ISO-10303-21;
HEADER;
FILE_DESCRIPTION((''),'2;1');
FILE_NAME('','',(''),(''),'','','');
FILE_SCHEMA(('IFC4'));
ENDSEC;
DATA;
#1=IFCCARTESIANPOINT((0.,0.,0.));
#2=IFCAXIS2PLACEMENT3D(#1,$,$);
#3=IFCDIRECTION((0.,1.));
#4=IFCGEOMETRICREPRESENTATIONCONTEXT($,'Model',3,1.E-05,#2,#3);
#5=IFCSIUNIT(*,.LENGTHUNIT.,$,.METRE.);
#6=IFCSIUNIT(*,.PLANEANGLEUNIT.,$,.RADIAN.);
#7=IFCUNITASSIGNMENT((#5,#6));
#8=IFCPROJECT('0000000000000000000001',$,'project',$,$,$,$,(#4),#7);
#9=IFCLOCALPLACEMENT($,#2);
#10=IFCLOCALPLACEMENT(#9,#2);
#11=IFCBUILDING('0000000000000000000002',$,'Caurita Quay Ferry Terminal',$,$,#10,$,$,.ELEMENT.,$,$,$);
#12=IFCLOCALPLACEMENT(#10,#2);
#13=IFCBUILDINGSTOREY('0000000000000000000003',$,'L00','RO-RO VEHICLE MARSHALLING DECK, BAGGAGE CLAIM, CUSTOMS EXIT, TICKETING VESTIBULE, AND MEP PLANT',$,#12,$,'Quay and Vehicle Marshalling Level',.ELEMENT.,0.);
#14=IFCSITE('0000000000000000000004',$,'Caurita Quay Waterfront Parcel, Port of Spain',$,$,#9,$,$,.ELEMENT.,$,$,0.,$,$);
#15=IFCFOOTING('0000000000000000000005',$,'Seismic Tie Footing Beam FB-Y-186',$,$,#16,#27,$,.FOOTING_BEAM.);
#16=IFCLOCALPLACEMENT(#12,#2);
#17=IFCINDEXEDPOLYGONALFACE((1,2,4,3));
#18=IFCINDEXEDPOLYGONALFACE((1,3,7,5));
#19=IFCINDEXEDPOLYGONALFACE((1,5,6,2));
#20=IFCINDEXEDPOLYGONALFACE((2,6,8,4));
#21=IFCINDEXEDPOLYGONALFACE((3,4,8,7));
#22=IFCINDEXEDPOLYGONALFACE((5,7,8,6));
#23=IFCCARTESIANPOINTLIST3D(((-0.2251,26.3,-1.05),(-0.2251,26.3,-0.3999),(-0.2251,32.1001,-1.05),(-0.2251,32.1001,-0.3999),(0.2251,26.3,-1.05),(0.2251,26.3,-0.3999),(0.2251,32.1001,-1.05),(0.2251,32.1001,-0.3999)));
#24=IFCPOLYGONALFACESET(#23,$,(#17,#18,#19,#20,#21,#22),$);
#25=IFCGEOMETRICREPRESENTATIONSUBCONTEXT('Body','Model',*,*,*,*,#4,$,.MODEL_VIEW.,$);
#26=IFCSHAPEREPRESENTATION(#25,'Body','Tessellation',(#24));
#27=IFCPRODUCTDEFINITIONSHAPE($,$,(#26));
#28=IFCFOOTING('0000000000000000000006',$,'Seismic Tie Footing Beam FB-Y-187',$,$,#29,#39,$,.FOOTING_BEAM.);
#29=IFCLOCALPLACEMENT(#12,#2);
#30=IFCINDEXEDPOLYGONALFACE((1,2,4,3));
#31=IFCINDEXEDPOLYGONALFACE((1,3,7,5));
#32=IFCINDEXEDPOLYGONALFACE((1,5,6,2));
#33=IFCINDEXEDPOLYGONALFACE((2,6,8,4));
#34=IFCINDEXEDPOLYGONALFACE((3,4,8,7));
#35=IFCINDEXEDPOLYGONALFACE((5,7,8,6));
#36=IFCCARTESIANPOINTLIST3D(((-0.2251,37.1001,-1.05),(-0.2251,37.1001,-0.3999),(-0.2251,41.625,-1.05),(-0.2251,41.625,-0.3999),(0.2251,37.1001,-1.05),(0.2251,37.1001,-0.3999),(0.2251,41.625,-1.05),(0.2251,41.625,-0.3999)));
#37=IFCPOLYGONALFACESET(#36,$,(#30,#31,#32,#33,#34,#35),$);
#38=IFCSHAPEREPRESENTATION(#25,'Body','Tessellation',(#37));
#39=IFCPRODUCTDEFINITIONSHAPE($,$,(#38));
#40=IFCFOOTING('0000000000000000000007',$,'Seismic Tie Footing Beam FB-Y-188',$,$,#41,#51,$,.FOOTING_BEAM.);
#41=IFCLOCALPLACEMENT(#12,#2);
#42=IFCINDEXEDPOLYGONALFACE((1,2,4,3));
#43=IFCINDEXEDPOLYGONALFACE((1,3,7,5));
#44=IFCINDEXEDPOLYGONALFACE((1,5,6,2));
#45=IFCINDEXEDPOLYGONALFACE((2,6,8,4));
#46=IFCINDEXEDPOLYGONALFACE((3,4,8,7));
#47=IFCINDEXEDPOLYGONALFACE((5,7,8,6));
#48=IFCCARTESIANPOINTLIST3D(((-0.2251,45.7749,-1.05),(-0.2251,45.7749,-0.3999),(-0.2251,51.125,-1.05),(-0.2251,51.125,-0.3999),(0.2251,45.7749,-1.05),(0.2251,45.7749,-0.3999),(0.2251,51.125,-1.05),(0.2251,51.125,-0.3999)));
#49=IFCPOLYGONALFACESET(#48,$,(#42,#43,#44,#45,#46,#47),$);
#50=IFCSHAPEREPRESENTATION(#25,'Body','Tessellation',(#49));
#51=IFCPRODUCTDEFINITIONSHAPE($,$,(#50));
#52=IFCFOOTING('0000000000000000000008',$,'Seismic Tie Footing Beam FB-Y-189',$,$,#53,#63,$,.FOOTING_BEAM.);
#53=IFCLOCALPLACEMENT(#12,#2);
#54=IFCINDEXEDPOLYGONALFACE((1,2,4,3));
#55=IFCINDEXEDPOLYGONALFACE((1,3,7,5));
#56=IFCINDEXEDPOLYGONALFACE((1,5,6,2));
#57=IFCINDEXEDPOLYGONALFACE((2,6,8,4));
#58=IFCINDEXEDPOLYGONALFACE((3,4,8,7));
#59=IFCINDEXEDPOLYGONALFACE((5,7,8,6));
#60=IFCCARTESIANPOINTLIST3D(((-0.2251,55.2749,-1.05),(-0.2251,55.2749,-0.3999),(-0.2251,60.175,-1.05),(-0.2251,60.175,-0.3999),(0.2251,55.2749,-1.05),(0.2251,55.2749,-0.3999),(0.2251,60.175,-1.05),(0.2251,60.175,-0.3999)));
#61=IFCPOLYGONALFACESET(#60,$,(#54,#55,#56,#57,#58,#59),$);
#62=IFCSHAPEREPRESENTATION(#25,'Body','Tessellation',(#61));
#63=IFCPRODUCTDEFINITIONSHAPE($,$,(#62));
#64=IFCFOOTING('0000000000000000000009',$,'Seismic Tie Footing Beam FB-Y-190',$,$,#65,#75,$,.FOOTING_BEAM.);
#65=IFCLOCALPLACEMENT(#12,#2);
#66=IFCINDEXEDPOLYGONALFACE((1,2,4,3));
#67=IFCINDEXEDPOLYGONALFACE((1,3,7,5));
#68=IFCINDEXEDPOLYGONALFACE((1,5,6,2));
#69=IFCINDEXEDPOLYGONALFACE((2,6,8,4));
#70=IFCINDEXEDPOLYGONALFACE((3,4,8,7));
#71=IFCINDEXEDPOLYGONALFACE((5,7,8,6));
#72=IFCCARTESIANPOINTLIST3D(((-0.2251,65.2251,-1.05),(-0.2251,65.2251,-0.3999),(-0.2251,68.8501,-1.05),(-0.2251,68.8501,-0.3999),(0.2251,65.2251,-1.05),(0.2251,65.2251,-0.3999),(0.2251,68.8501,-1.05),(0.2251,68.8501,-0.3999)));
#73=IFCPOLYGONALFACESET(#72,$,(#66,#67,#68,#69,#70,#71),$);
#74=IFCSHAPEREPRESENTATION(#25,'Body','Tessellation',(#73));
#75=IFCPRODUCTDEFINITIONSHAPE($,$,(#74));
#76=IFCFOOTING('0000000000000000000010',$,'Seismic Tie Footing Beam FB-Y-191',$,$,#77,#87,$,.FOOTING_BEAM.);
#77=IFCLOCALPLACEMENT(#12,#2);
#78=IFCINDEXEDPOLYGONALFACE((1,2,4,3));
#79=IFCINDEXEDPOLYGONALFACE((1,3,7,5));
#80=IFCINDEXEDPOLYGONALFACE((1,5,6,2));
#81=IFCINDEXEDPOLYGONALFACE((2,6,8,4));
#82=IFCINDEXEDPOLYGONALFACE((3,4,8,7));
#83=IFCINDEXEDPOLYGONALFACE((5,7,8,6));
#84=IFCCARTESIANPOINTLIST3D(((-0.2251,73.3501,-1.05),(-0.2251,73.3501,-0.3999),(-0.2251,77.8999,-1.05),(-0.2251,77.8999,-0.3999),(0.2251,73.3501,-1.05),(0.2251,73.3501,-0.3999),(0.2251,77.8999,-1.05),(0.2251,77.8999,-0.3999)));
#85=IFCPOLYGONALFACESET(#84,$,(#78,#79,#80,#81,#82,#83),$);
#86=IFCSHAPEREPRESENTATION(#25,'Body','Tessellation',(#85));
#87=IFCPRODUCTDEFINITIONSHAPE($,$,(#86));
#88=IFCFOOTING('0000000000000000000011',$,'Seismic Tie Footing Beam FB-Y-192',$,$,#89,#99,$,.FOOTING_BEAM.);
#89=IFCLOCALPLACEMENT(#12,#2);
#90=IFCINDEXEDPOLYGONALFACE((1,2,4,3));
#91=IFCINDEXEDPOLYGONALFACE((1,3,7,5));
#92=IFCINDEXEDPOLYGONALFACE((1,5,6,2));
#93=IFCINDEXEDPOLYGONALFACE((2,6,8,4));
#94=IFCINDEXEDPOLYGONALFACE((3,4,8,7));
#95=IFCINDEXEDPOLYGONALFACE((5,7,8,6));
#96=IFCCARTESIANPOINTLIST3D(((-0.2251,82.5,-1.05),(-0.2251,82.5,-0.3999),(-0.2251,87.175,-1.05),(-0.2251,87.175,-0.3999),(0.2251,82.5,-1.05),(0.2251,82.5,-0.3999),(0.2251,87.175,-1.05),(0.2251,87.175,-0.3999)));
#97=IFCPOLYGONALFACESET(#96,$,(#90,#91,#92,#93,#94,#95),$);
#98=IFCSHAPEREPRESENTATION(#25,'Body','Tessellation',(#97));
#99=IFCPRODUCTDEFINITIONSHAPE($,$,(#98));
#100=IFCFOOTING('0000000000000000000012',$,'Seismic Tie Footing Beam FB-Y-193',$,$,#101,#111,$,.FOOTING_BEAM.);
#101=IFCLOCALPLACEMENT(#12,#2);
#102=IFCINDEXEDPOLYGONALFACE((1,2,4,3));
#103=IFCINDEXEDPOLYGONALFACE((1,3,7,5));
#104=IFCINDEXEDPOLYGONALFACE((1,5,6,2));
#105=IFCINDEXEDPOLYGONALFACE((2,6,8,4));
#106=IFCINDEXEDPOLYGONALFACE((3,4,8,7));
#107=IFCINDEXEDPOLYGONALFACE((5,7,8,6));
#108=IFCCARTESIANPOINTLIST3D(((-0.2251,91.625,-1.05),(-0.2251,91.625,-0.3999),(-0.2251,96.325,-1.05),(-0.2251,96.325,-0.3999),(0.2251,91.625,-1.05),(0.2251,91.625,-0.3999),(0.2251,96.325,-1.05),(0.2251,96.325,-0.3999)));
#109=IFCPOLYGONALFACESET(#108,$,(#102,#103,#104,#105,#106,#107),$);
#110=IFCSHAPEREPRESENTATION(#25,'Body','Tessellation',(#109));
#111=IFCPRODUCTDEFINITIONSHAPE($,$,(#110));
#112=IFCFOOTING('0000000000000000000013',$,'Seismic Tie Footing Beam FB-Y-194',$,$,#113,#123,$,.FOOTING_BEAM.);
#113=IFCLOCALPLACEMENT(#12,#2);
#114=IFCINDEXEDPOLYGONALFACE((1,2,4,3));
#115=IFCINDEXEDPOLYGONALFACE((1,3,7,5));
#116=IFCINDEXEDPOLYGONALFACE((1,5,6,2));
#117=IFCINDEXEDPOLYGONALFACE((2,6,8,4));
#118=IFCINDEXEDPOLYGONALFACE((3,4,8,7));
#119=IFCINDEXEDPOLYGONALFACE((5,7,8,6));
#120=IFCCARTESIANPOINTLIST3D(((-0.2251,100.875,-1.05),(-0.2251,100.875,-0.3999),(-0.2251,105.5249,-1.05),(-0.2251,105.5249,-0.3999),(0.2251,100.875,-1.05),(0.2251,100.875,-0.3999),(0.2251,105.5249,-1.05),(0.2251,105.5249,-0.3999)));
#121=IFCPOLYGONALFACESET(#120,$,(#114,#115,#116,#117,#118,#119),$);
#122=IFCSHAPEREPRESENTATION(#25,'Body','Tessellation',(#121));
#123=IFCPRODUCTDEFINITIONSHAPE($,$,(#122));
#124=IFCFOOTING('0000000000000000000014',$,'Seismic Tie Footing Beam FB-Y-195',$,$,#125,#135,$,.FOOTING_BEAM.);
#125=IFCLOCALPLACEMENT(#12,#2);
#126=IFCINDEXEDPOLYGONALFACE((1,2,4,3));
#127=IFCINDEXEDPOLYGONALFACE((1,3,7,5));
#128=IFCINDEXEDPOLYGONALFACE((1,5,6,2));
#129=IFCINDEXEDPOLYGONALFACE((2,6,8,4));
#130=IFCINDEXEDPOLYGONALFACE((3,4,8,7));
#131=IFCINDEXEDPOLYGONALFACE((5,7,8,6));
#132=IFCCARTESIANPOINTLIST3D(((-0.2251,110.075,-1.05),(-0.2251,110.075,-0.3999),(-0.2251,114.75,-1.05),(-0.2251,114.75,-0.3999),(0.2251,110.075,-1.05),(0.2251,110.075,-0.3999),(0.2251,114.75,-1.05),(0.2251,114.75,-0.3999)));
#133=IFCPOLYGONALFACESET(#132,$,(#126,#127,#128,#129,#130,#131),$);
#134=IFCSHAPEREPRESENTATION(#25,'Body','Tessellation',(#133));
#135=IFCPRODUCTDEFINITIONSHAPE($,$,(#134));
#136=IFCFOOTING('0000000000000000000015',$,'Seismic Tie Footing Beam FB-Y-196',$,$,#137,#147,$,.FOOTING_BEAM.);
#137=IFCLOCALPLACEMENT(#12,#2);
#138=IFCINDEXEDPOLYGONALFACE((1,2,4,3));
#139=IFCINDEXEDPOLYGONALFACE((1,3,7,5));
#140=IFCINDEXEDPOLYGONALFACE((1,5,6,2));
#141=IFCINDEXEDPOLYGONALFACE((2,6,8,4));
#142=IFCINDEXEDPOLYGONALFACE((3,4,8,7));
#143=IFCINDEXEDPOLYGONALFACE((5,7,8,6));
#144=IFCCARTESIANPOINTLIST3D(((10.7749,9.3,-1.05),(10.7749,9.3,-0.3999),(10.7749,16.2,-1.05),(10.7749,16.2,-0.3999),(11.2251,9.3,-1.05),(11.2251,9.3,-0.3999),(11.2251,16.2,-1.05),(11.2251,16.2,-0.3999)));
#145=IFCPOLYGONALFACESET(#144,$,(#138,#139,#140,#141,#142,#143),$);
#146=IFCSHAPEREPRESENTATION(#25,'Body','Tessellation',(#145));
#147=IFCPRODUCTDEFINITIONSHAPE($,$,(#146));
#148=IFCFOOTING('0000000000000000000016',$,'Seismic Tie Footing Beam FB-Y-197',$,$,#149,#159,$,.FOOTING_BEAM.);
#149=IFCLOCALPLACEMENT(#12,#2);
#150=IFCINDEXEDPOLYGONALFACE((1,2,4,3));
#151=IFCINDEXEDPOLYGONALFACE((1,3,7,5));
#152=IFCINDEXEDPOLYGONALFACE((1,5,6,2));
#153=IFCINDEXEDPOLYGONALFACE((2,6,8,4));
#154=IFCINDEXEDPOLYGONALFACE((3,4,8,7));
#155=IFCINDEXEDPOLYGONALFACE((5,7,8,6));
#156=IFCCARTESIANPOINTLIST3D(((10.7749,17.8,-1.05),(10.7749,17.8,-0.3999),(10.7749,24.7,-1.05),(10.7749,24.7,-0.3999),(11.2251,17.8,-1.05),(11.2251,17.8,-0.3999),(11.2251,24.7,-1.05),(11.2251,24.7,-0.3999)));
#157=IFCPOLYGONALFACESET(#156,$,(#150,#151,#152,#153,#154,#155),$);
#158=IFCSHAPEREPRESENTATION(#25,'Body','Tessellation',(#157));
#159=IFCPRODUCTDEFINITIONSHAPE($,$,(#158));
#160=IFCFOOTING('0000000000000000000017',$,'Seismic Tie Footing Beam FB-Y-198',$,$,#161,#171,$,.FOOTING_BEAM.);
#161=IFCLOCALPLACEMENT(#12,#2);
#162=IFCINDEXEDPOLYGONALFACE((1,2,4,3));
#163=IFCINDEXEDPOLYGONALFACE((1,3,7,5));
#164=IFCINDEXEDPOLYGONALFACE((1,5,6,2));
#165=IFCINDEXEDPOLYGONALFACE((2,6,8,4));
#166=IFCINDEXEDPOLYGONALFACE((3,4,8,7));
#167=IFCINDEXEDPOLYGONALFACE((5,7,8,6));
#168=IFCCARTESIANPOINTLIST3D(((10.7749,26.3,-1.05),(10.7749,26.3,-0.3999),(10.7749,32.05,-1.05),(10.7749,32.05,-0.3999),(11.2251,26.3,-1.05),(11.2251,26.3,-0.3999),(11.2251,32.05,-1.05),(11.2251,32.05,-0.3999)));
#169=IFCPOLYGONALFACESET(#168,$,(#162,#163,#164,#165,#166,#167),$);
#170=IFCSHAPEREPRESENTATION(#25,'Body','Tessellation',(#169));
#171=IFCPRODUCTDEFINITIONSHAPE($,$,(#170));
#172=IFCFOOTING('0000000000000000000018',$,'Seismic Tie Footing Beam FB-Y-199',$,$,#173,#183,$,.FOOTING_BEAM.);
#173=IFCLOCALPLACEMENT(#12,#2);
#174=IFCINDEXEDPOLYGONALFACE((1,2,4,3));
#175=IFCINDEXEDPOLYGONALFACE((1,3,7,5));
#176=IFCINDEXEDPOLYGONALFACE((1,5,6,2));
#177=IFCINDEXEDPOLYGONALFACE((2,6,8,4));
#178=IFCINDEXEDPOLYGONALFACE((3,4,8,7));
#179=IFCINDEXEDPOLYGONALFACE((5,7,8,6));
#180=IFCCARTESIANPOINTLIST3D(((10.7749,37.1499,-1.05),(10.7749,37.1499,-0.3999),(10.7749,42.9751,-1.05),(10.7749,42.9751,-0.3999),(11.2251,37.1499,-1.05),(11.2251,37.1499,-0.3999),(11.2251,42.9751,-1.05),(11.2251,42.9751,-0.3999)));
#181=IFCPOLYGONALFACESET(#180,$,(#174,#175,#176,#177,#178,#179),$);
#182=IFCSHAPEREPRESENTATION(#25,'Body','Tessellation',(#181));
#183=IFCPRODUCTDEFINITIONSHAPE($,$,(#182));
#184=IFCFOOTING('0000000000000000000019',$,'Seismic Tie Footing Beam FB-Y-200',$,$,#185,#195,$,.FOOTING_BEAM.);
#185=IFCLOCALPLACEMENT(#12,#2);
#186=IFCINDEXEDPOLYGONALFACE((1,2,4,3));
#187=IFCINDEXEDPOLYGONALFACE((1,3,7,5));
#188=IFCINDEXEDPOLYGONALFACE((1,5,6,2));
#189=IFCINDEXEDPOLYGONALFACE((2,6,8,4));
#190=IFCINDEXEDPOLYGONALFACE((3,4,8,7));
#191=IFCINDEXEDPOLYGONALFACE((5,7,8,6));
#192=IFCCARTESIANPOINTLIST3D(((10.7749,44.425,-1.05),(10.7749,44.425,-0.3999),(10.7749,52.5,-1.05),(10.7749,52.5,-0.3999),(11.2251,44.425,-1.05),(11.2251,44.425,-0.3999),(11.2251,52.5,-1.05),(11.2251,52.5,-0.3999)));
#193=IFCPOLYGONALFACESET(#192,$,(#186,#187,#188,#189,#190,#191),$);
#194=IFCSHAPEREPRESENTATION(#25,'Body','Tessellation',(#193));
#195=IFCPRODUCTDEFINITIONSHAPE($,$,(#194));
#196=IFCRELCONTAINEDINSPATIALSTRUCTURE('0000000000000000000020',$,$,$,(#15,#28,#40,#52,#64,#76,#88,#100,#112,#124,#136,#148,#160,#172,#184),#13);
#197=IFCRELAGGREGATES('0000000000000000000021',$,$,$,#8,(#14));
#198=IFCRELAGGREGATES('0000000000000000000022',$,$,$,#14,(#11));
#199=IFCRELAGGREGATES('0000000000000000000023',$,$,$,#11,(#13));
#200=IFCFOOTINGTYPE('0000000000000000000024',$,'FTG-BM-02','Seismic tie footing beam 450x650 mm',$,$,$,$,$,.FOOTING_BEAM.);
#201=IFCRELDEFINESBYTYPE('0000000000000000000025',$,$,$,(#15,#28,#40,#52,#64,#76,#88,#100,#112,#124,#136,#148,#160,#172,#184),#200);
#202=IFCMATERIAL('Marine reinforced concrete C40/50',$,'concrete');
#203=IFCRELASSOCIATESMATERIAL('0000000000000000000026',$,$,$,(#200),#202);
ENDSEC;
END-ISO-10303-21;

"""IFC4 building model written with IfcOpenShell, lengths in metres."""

from ifc_helpers import new_model, si_unit, direction, frame, origin, place, context, subcontext, project, spatial, polyline, outline, extrude, material, type_object, element, save


model = new_model("IFC4")

# Units and contexts
model_context = context("Model", 3, precision=1e-05, world=origin(), true_north=direction((0.0, 1.0)))
body_context = subcontext(model_context, "Body", "Model", "MODEL_VIEW")
ifc_project = project(units=[si_unit("LENGTHUNIT", "METRE"), si_unit("PLANEANGLEUNIT", "RADIAN")], contexts=[model_context])

# Site, building, storey
site_placement = place(None, origin())
site = spatial("IfcSite", under=ifc_project, at=site_placement, Name="Caurita Quay Waterfront Parcel, Port of Spain", CompositionType="ELEMENT", RefElevation=0.0)
building_placement = place(site_placement, origin())
building = spatial("IfcBuilding", under=site, at=building_placement, Name="Caurita Quay Ferry Terminal", CompositionType="ELEMENT")
storey_placement = place(building_placement, origin())
storey = spatial("IfcBuildingStorey", under=building, at=storey_placement, Name="L00", Description="RO-RO VEHICLE MARSHALLING DECK, BAGGAGE CLAIM, CUSTOMS EXIT, TICKETING VESTIBULE, AND MEP PLANT", LongName="Quay and Vehicle Marshalling Level", CompositionType="ELEMENT", Elevation=0.0)

# Footings
ifc_material = material(Name="Marine reinforced concrete C40/50", Category="concrete")
footing_type = type_object("IfcFootingType", Name="FTG-BM-02", Description="Seismic tie footing beam 450x650 mm", PredefinedType="FOOTING_BEAM", material=ifc_material)
footing_1_placement = place(storey_placement, frame((0.0, 0.0, -1.05)))
element("IfcFooting", 1, at=footing_1_placement, inside=storey, type_object=footing_type, Name="Seismic Tie Footing Beam FB-Y-186", PredefinedType="FOOTING_BEAM", context=body_context, shape_type="SweptSolid", body=[
    extrude(outline(polyline([(-0.2251, 26.3), (0.2251, 26.3), (0.2251, 32.1001), (-0.2251, 32.1001), (-0.2251, 26.3)])), origin(), (0.0, 0.0, 1.0), 0.6501),
])
footing_2_placement = place(storey_placement, frame((0.0, 0.0, -1.05)))
element("IfcFooting", 2, at=footing_2_placement, inside=storey, type_object=footing_type, Name="Seismic Tie Footing Beam FB-Y-187", PredefinedType="FOOTING_BEAM", context=body_context, shape_type="SweptSolid", body=[
    extrude(outline(polyline([(-0.2251, 37.1001), (0.2251, 37.1001), (0.2251, 41.625), (-0.2251, 41.625), (-0.2251, 37.1001)])), origin(), (0.0, 0.0, 1.0), 0.6501),
])
footing_3_placement = place(storey_placement, frame((0.0, 0.0, -1.05)))
element("IfcFooting", 3, at=footing_3_placement, inside=storey, type_object=footing_type, Name="Seismic Tie Footing Beam FB-Y-188", PredefinedType="FOOTING_BEAM", context=body_context, shape_type="SweptSolid", body=[
    extrude(outline(polyline([(-0.2251, 45.7749), (0.2251, 45.7749), (0.2251, 51.125), (-0.2251, 51.125), (-0.2251, 45.7749)])), origin(), (0.0, 0.0, 1.0), 0.6501),
])
footing_4_placement = place(storey_placement, frame((0.0, 0.0, -1.05)))
element("IfcFooting", 4, at=footing_4_placement, inside=storey, type_object=footing_type, Name="Seismic Tie Footing Beam FB-Y-189", PredefinedType="FOOTING_BEAM", context=body_context, shape_type="SweptSolid", body=[
    extrude(outline(polyline([(-0.2251, 55.2749), (0.2251, 55.2749), (0.2251, 60.175), (-0.2251, 60.175), (-0.2251, 55.2749)])), origin(), (0.0, 0.0, 1.0), 0.6501),
])
footing_5_placement = place(storey_placement, frame((0.0, 0.0, -1.05)))
element("IfcFooting", 5, at=footing_5_placement, inside=storey, type_object=footing_type, Name="Seismic Tie Footing Beam FB-Y-190", PredefinedType="FOOTING_BEAM", context=body_context, shape_type="SweptSolid", body=[
    extrude(outline(polyline([(-0.2251, 65.2251), (0.2251, 65.2251), (0.2251, 68.8501), (-0.2251, 68.8501), (-0.2251, 65.2251)])), origin(), (0.0, 0.0, 1.0), 0.6501),
])
footing_6_placement = place(storey_placement, frame((0.0, 0.0, -1.05)))
element("IfcFooting", 6, at=footing_6_placement, inside=storey, type_object=footing_type, Name="Seismic Tie Footing Beam FB-Y-191", PredefinedType="FOOTING_BEAM", context=body_context, shape_type="SweptSolid", body=[
    extrude(outline(polyline([(-0.2251, 73.3501), (0.2251, 73.3501), (0.2251, 77.8999), (-0.2251, 77.8999), (-0.2251, 73.3501)])), origin(), (0.0, 0.0, 1.0), 0.6501),
])
footing_7_placement = place(storey_placement, frame((0.0, 0.0, -1.05)))
element("IfcFooting", 7, at=footing_7_placement, inside=storey, type_object=footing_type, Name="Seismic Tie Footing Beam FB-Y-192", PredefinedType="FOOTING_BEAM", context=body_context, shape_type="SweptSolid", body=[
    extrude(outline(polyline([(-0.2251, 82.5), (0.2251, 82.5), (0.2251, 87.175), (-0.2251, 87.175), (-0.2251, 82.5)])), origin(), (0.0, 0.0, 1.0), 0.6501),
])
footing_8_placement = place(storey_placement, frame((0.0, 0.0, -1.05)))
element("IfcFooting", 8, at=footing_8_placement, inside=storey, type_object=footing_type, Name="Seismic Tie Footing Beam FB-Y-193", PredefinedType="FOOTING_BEAM", context=body_context, shape_type="SweptSolid", body=[
    extrude(outline(polyline([(-0.2251, 91.625), (0.2251, 91.625), (0.2251, 96.325), (-0.2251, 96.325), (-0.2251, 91.625)])), origin(), (0.0, 0.0, 1.0), 0.6501),
])
footing_9_placement = place(storey_placement, frame((0.0, 0.0, -1.05)))
element("IfcFooting", 9, at=footing_9_placement, inside=storey, type_object=footing_type, Name="Seismic Tie Footing Beam FB-Y-194", PredefinedType="FOOTING_BEAM", context=body_context, shape_type="SweptSolid", body=[
    extrude(outline(polyline([(-0.2251, 100.875), (0.2251, 100.875), (0.2251, 105.5249), (-0.2251, 105.5249), (-0.2251, 100.875)])), origin(), (0.0, 0.0, 1.0), 0.6501),
])
footing_10_placement = place(storey_placement, frame((0.0, 0.0, -1.05)))
element("IfcFooting", 10, at=footing_10_placement, inside=storey, type_object=footing_type, Name="Seismic Tie Footing Beam FB-Y-195", PredefinedType="FOOTING_BEAM", context=body_context, shape_type="SweptSolid", body=[
    extrude(outline(polyline([(-0.2251, 110.075), (0.2251, 110.075), (0.2251, 114.75), (-0.2251, 114.75), (-0.2251, 110.075)])), origin(), (0.0, 0.0, 1.0), 0.6501),
])
footing_11_placement = place(storey_placement, frame((0.0, 0.0, -1.05)))
element("IfcFooting", 11, at=footing_11_placement, inside=storey, type_object=footing_type, Name="Seismic Tie Footing Beam FB-Y-196", PredefinedType="FOOTING_BEAM", context=body_context, shape_type="SweptSolid", body=[
    extrude(outline(polyline([(10.7749, 9.3), (11.2251, 9.3), (11.2251, 16.2), (10.7749, 16.2), (10.7749, 9.3)])), origin(), (0.0, 0.0, 1.0), 0.6501),
])
footing_12_placement = place(storey_placement, frame((0.0, 0.0, -1.05)))
element("IfcFooting", 12, at=footing_12_placement, inside=storey, type_object=footing_type, Name="Seismic Tie Footing Beam FB-Y-197", PredefinedType="FOOTING_BEAM", context=body_context, shape_type="SweptSolid", body=[
    extrude(outline(polyline([(10.7749, 17.8), (11.2251, 17.8), (11.2251, 24.7), (10.7749, 24.7), (10.7749, 17.8)])), origin(), (0.0, 0.0, 1.0), 0.6501),
])
footing_13_placement = place(storey_placement, frame((0.0, 0.0, -1.05)))
element("IfcFooting", 13, at=footing_13_placement, inside=storey, type_object=footing_type, Name="Seismic Tie Footing Beam FB-Y-198", PredefinedType="FOOTING_BEAM", context=body_context, shape_type="SweptSolid", body=[
    extrude(outline(polyline([(10.7749, 26.3), (11.2251, 26.3), (11.2251, 32.05), (10.7749, 32.05), (10.7749, 26.3)])), origin(), (0.0, 0.0, 1.0), 0.6501),
])
footing_14_placement = place(storey_placement, frame((0.0, 0.0, -1.05)))
element("IfcFooting", 14, at=footing_14_placement, inside=storey, type_object=footing_type, Name="Seismic Tie Footing Beam FB-Y-199", PredefinedType="FOOTING_BEAM", context=body_context, shape_type="SweptSolid", body=[
    extrude(outline(polyline([(10.7749, 37.1499), (11.2251, 37.1499), (11.2251, 42.9751), (10.7749, 42.9751), (10.7749, 37.1499)])), origin(), (0.0, 0.0, 1.0), 0.6501),
])
footing_15_placement = place(storey_placement, frame((0.0, 0.0, -1.05)))
element("IfcFooting", 15, at=footing_15_placement, inside=storey, type_object=footing_type, Name="Seismic Tie Footing Beam FB-Y-200", PredefinedType="FOOTING_BEAM", context=body_context, shape_type="SweptSolid", body=[
    extrude(outline(polyline([(10.7749, 44.425), (11.2251, 44.425), (11.2251, 52.5), (10.7749, 52.5), (10.7749, 44.425)])), origin(), (0.0, 0.0, 1.0), 0.6501),
])

save(model, "model.ifc")
